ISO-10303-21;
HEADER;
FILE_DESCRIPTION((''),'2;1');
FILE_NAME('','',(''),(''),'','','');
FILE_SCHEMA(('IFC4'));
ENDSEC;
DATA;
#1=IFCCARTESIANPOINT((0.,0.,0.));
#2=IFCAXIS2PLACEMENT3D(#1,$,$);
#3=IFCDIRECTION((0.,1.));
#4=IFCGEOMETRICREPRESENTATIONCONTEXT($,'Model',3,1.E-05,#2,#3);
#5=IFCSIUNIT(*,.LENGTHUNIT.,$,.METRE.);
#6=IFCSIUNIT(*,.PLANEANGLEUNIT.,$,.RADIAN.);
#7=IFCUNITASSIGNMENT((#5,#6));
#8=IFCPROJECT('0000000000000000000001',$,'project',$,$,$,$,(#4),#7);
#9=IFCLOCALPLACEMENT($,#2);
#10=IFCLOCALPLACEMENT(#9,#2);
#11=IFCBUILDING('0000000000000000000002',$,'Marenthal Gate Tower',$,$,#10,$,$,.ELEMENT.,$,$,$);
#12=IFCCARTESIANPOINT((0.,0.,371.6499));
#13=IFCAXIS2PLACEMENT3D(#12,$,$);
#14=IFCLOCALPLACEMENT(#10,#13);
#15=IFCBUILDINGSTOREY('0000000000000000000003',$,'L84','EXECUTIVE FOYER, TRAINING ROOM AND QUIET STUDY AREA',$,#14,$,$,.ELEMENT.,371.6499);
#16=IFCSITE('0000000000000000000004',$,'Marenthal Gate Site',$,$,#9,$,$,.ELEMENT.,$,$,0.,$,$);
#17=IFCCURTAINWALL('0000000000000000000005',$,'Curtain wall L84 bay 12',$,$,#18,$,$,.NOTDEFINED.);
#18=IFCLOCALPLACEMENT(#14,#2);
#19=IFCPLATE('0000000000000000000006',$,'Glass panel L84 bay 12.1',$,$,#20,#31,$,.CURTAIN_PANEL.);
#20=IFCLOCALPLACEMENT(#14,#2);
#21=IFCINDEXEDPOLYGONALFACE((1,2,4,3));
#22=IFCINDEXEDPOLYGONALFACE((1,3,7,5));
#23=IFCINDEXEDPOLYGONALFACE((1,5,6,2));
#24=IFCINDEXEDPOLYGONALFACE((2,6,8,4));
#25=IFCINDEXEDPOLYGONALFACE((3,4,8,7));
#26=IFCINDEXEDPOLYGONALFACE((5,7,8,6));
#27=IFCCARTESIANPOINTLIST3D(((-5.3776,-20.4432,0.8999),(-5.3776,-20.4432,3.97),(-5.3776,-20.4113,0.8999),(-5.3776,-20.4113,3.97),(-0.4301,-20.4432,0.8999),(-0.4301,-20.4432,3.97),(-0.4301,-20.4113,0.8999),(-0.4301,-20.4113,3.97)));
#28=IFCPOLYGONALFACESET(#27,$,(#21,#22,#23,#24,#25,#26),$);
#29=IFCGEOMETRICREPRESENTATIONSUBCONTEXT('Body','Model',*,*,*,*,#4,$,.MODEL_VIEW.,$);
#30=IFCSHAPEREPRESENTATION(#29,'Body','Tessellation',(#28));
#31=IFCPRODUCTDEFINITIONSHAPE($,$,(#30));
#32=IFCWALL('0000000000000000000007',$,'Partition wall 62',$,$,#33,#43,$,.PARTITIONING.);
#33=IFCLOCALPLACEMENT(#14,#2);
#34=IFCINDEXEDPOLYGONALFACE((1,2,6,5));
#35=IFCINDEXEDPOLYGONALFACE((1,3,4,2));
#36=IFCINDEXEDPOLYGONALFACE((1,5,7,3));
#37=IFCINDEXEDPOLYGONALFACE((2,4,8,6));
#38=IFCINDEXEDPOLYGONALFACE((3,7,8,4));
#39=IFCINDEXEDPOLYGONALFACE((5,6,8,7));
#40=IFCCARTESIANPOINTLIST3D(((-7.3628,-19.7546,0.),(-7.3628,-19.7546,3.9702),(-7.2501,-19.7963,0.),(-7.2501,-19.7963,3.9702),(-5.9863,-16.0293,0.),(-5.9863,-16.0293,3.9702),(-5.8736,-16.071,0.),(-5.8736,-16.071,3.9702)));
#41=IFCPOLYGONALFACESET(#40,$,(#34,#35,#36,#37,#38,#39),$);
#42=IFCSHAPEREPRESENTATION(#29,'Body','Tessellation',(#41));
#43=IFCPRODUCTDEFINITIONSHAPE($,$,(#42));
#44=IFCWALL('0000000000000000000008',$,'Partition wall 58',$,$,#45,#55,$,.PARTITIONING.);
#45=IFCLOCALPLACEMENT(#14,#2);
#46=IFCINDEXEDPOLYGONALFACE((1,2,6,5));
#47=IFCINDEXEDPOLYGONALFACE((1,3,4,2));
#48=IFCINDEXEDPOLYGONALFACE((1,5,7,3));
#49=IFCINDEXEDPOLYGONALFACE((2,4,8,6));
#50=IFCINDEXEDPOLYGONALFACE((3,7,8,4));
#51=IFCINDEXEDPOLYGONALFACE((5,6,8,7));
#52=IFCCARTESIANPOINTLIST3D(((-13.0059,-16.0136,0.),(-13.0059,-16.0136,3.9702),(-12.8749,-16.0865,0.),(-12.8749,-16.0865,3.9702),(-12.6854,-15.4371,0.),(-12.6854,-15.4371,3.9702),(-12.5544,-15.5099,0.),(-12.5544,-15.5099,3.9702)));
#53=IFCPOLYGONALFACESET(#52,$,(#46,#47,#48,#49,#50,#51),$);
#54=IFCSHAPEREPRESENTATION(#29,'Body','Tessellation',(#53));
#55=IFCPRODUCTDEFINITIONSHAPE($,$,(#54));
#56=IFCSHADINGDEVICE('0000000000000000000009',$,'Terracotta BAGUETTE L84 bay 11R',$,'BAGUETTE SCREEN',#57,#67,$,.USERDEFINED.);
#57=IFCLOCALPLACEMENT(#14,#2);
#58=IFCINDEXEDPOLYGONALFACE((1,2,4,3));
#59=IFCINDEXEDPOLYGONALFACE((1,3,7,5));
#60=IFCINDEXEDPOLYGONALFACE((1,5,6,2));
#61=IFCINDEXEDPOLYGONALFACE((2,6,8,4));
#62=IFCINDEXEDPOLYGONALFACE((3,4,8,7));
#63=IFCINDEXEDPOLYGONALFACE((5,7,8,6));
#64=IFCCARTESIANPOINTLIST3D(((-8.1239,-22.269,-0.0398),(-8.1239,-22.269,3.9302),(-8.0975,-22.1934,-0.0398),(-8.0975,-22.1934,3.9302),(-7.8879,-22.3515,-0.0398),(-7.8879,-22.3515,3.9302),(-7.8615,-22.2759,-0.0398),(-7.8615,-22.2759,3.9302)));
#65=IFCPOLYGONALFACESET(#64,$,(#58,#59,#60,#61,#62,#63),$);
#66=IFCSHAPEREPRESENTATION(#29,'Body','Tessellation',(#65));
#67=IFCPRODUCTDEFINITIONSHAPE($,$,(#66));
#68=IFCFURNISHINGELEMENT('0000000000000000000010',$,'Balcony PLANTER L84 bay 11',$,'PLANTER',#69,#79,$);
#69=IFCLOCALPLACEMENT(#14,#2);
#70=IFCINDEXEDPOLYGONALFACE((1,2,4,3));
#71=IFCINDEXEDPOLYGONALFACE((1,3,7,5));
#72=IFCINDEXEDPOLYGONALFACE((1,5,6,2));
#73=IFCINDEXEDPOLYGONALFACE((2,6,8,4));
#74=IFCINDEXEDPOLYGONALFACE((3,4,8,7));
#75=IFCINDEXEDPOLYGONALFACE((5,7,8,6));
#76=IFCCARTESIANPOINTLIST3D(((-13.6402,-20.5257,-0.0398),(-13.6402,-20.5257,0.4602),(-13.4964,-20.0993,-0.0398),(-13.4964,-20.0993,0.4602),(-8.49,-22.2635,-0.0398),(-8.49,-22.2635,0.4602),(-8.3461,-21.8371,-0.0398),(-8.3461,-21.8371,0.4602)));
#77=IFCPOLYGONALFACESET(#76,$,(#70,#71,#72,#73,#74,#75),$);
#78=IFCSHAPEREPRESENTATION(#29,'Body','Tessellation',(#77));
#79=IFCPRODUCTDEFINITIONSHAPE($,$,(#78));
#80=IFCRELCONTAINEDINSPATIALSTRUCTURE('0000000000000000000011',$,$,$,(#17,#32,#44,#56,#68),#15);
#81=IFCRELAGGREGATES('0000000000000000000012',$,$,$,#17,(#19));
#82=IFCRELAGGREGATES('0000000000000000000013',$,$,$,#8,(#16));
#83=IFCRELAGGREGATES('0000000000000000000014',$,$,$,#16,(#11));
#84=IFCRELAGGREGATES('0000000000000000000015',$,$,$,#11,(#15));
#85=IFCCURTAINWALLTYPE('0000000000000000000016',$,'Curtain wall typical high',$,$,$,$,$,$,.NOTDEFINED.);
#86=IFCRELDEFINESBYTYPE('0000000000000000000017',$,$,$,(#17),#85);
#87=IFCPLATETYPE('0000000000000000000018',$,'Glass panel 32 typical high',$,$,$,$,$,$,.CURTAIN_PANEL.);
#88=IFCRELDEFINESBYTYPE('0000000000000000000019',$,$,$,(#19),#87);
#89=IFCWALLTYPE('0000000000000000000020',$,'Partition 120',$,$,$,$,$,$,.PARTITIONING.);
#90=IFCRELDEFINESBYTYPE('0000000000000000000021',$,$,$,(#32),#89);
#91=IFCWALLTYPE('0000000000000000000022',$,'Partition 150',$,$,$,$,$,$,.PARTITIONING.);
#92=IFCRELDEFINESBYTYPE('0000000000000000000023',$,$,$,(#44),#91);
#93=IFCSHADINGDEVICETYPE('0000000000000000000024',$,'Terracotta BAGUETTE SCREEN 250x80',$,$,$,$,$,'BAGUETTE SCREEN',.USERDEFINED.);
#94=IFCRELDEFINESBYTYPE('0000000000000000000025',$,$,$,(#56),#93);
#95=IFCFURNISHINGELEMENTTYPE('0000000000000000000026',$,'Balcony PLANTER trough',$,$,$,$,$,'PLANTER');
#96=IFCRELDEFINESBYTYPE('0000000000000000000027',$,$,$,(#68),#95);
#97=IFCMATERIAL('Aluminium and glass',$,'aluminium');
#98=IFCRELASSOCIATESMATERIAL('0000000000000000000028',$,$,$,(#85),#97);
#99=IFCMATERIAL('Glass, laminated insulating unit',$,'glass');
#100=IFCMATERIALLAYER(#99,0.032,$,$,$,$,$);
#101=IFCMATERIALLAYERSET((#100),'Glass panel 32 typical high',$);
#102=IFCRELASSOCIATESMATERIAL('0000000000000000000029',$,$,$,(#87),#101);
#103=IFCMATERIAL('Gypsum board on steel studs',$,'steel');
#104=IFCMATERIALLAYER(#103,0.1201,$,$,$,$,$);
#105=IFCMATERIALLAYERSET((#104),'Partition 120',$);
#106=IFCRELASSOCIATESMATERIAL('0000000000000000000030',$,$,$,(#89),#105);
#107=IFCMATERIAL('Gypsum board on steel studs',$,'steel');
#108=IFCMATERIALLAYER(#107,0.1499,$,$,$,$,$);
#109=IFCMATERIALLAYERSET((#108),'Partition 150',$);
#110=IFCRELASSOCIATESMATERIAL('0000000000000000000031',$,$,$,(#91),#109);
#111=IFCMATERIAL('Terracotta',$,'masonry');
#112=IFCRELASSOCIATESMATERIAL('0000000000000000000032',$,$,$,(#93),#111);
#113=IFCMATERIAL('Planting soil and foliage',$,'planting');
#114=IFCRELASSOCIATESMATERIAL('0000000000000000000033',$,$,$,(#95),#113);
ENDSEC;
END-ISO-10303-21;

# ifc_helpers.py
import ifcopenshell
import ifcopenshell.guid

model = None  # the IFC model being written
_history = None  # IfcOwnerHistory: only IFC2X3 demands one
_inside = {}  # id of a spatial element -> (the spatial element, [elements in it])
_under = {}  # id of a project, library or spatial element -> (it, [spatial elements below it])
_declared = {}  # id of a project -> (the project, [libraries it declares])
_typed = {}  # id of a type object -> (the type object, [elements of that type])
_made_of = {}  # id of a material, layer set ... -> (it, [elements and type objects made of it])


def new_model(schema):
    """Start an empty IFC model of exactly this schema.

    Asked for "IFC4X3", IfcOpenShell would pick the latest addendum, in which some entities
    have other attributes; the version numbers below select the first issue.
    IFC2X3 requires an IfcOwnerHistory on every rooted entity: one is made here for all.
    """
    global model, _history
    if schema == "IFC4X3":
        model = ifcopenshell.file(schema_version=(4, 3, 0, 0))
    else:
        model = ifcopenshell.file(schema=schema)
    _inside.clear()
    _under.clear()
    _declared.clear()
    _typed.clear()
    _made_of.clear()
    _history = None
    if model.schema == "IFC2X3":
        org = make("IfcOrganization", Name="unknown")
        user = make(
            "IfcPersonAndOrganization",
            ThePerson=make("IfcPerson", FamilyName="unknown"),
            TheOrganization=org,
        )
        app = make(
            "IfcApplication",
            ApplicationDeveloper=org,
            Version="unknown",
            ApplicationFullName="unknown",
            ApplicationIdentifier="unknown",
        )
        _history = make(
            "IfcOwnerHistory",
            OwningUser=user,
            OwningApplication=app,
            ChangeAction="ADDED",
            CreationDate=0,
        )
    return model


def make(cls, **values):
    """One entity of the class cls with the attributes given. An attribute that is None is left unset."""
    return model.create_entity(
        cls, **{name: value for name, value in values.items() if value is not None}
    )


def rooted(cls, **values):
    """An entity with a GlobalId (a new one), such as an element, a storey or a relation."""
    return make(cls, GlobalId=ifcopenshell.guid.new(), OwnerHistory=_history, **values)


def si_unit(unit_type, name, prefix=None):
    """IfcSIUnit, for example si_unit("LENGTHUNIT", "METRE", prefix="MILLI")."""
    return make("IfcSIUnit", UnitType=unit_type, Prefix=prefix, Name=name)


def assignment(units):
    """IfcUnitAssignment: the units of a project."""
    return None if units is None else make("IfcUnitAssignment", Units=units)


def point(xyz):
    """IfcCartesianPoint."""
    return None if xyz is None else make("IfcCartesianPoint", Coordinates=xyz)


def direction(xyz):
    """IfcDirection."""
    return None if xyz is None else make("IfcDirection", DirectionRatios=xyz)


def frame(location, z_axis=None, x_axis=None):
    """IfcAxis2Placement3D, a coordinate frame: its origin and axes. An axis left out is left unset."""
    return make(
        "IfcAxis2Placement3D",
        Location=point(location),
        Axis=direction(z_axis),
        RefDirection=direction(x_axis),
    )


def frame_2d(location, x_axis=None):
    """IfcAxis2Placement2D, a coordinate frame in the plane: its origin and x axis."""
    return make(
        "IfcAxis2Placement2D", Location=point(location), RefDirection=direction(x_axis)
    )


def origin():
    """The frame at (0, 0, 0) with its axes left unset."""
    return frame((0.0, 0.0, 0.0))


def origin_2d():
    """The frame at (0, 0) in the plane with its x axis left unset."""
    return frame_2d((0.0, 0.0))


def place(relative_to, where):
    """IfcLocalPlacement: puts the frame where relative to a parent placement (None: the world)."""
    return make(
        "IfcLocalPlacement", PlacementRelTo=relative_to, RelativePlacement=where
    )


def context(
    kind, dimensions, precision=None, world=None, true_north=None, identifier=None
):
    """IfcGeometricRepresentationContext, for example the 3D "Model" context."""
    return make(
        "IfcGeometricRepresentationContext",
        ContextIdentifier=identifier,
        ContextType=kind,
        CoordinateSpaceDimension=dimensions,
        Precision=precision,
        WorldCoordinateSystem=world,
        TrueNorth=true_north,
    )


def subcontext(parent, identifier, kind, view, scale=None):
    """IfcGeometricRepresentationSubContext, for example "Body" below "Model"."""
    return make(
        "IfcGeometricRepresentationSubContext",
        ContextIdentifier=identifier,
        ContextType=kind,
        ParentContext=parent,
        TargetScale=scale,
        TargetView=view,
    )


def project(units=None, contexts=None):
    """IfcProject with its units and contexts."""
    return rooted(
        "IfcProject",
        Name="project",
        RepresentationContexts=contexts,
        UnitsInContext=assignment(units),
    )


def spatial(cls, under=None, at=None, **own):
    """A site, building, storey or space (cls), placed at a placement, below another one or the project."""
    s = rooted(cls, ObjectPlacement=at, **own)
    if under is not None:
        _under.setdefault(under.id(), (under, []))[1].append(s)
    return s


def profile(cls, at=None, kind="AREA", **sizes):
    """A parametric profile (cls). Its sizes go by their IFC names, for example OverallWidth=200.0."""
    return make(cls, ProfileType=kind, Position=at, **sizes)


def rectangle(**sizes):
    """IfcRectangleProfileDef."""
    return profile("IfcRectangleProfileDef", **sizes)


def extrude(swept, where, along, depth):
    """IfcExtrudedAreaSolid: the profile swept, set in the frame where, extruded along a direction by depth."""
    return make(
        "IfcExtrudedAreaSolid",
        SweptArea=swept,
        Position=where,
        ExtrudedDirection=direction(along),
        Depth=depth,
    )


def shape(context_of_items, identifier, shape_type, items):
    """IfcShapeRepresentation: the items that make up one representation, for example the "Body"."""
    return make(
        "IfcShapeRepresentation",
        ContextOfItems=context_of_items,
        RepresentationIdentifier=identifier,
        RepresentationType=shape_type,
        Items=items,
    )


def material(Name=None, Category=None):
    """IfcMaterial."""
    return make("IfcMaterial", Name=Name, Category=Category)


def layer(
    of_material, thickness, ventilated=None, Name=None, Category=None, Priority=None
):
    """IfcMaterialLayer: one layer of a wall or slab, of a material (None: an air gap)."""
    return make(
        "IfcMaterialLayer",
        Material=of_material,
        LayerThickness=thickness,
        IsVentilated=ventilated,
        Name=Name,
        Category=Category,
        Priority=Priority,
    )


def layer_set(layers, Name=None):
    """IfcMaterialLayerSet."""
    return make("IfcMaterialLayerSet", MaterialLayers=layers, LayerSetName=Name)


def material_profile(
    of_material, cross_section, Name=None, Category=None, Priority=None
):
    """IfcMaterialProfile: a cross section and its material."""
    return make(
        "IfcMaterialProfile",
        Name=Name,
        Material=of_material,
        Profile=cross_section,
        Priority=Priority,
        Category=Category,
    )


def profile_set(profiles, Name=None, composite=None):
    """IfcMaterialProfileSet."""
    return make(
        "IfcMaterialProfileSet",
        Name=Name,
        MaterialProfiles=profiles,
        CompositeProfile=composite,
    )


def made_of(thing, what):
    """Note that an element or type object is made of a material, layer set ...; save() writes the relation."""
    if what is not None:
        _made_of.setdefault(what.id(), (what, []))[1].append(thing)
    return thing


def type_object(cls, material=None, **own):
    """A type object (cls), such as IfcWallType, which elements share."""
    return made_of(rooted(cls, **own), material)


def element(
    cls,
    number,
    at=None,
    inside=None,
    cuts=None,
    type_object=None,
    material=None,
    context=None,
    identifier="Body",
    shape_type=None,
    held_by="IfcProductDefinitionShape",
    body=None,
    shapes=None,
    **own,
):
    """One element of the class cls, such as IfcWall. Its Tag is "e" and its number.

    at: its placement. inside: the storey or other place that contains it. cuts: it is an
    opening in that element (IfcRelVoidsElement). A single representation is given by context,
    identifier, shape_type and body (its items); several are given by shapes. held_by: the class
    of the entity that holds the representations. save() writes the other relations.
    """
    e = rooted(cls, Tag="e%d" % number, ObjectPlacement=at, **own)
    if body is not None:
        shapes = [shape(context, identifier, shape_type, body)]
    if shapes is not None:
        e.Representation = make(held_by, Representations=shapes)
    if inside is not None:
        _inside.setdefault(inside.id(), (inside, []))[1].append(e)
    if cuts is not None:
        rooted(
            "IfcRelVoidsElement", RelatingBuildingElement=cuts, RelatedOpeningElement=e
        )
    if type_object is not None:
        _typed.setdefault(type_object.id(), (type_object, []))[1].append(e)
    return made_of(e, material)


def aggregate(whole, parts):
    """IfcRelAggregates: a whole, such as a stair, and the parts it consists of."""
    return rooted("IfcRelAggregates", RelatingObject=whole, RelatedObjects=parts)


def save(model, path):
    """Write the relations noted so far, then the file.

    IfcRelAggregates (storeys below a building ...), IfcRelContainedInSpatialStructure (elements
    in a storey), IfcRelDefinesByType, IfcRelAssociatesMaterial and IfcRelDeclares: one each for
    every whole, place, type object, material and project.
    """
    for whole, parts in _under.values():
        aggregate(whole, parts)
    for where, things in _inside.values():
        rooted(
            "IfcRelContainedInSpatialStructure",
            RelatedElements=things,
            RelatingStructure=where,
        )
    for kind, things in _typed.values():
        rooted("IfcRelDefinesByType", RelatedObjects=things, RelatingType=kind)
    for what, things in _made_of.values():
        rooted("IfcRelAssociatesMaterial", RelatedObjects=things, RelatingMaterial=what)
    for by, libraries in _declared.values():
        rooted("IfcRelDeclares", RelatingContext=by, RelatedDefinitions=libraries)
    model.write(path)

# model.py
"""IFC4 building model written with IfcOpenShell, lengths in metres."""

from ifc_helpers import new_model, si_unit, direction, frame, frame_2d, origin, origin_2d, place, context, subcontext, project, spatial, rectangle, extrude, material, layer, layer_set, material_profile, profile_set, type_object, element, aggregate, save


model = new_model("IFC4")

# Units and contexts
model_context = context("Model", 3, precision=1e-05, world=origin(), true_north=direction((0.0, 1.0)))
body_context = subcontext(model_context, "Body", "Model", "MODEL_VIEW")
ifc_project = project(units=[si_unit("LENGTHUNIT", "METRE"), si_unit("PLANEANGLEUNIT", "RADIAN")], contexts=[model_context])

# Site, building, storey
site_placement = place(None, origin())
site = spatial("IfcSite", under=ifc_project, at=site_placement, Name="Marenthal Gate Site", CompositionType="ELEMENT", RefElevation=0.0)
building_placement = place(site_placement, origin())
building = spatial("IfcBuilding", under=site, at=building_placement, Name="Marenthal Gate Tower", CompositionType="ELEMENT")
storey_placement = place(building_placement, frame((0.0, 0.0, 371.6499)))
storey = spatial("IfcBuildingStorey", under=building, at=storey_placement, Name="L84", Description="EXECUTIVE FOYER, TRAINING ROOM AND QUIET STUDY AREA", CompositionType="ELEMENT", Elevation=371.6499)

# Curtain wall
ifc_material_1 = material(Name="Aluminium and glass", Category="aluminium")
curtain_wall_type = type_object("IfcCurtainWallType", Name="Curtain wall typical high", PredefinedType="NOTDEFINED", material=ifc_material_1)
curtain_wall_placement = place(storey_placement, origin())
curtain_wall = element("IfcCurtainWall", 1, at=curtain_wall_placement, inside=storey, type_object=curtain_wall_type, Name="Curtain wall L84 bay 12", PredefinedType="NOTDEFINED")

# Plate
ifc_material_2 = material(Name="Glass, laminated insulating unit", Category="glass")
ifc_layer_1 = layer(ifc_material_2, 0.032)
ifc_layer_set_1 = layer_set([ifc_layer_1], Name="Glass panel 32 typical high")
plate_type = type_object("IfcPlateType", Name="Glass panel 32 typical high", PredefinedType="CURTAIN_PANEL", material=ifc_layer_set_1)
plate_placement = place(storey_placement, frame((-2.9038, -20.4272, 0.8999), z_axis=(0.0, 0.0, 1.0), x_axis=(1.0, 0.0, 0.0)))
plate = element("IfcPlate", 2, at=plate_placement, type_object=plate_type, Name="Glass panel L84 bay 12.1", PredefinedType="CURTAIN_PANEL", context=body_context, shape_type="SweptSolid", body=[
    extrude(rectangle(XDim=4.9475, YDim=0.032, at=origin_2d()), origin(), (0.0, 0.0, 1.0), 3.0701),
])
aggregate(curtain_wall, [plate])

# Walls
ifc_material_3 = material(Name="Gypsum board on steel studs", Category="steel")
ifc_layer_2 = layer(ifc_material_3, 0.1201)
ifc_layer_set_2 = layer_set([ifc_layer_2], Name="Partition 120")
wall_type_1 = type_object("IfcWallType", Name="Partition 120", PredefinedType="PARTITIONING", material=ifc_layer_set_2)
wall_1_placement = place(storey_placement, frame((-5.9299, -16.05, 0.0), z_axis=(0.0, 0.0, 1.0), x_axis=(-0.346585, -0.938018, 0.0)))
element("IfcWall", 3, at=wall_1_placement, inside=storey, type_object=wall_type_1, Name="Partition wall 62", PredefinedType="PARTITIONING", context=body_context, shape_type="SweptSolid", body=[
    extrude(rectangle(XDim=3.9714, YDim=0.1201, at=frame_2d((1.9858, 0.0))), origin(), (0.0, 0.0, 1.0), 3.9702),
])
ifc_material_4 = material(Name="Gypsum board on steel studs", Category="steel")
ifc_layer_3 = layer(ifc_material_4, 0.1499)
ifc_layer_set_3 = layer_set([ifc_layer_3], Name="Partition 150")
wall_type_2 = type_object("IfcWallType", Name="Partition 150", PredefinedType="PARTITIONING", material=ifc_layer_set_3)
wall_2_placement = place(storey_placement, frame((-12.9404, -16.05, 0.0), z_axis=(0.0, 0.0, 1.0), x_axis=(0.485863, 0.874035, 0.0)))
element("IfcWall", 4, at=wall_2_placement, inside=storey, type_object=wall_type_2, Name="Partition wall 58", PredefinedType="PARTITIONING", context=body_context, shape_type="SweptSolid", body=[
    extrude(rectangle(XDim=0.6597, YDim=0.1499, at=frame_2d((0.3298, 0.0))), origin(), (0.0, 0.0, 1.0), 3.9702),
])

# Shading device
ifc_material_5 = material(Name="Terracotta", Category="masonry")
ifc_material_profile_1 = material_profile(ifc_material_5, rectangle(XDim=0.25, YDim=0.0801, at=origin_2d()), Name="Terracotta baguette 250x80")
ifc_profile_set_1 = profile_set([ifc_material_profile_1], Name="Terracotta")
shading_device_type = type_object("IfcShadingDeviceType", Name="Terracotta BAGUETTE SCREEN 250x80", ElementType="BAGUETTE SCREEN", PredefinedType="USERDEFINED", material=ifc_profile_set_1)
shading_device_placement = place(storey_placement, frame((-7.9927, -22.2725, -0.0398), z_axis=(0.0, 0.0, 1.0), x_axis=(0.944082, -0.32971, 0.0)))
element("IfcShadingDevice", 5, at=shading_device_placement, inside=storey, type_object=shading_device_type, Name="Terracotta BAGUETTE L84 bay 11R", ObjectType="BAGUETTE SCREEN", PredefinedType="USERDEFINED", context=body_context, shape_type="SweptSolid", body=[
    extrude(rectangle(XDim=0.25, YDim=0.0801, at=origin_2d()), origin(), (0.0, 0.0, 1.0), 3.97),
])

# Furnishing element
ifc_material_6 = material(Name="Planting soil and foliage", Category="planting")
furnishing_element_type = type_object("IfcFurnishingElementType", Name="Balcony PLANTER trough", ElementType="PLANTER", material=ifc_material_6)
furnishing_placement = place(storey_placement, frame((-10.9932, -21.1814, -0.0398), z_axis=(0.0, 0.0, 1.0), x_axis=(0.947516, -0.319708, 0.0)))
element("IfcFurnishingElement", 6, at=furnishing_placement, inside=storey, type_object=furnishing_element_type, Name="Balcony PLANTER L84 bay 11", ObjectType="PLANTER", context=body_context, shape_type="SweptSolid", body=[
    extrude(rectangle(XDim=5.4355, YDim=0.45, at=origin_2d()), origin(), (0.0, 0.0, 1.0), 0.5),
])

save(model, "model.ifc")
